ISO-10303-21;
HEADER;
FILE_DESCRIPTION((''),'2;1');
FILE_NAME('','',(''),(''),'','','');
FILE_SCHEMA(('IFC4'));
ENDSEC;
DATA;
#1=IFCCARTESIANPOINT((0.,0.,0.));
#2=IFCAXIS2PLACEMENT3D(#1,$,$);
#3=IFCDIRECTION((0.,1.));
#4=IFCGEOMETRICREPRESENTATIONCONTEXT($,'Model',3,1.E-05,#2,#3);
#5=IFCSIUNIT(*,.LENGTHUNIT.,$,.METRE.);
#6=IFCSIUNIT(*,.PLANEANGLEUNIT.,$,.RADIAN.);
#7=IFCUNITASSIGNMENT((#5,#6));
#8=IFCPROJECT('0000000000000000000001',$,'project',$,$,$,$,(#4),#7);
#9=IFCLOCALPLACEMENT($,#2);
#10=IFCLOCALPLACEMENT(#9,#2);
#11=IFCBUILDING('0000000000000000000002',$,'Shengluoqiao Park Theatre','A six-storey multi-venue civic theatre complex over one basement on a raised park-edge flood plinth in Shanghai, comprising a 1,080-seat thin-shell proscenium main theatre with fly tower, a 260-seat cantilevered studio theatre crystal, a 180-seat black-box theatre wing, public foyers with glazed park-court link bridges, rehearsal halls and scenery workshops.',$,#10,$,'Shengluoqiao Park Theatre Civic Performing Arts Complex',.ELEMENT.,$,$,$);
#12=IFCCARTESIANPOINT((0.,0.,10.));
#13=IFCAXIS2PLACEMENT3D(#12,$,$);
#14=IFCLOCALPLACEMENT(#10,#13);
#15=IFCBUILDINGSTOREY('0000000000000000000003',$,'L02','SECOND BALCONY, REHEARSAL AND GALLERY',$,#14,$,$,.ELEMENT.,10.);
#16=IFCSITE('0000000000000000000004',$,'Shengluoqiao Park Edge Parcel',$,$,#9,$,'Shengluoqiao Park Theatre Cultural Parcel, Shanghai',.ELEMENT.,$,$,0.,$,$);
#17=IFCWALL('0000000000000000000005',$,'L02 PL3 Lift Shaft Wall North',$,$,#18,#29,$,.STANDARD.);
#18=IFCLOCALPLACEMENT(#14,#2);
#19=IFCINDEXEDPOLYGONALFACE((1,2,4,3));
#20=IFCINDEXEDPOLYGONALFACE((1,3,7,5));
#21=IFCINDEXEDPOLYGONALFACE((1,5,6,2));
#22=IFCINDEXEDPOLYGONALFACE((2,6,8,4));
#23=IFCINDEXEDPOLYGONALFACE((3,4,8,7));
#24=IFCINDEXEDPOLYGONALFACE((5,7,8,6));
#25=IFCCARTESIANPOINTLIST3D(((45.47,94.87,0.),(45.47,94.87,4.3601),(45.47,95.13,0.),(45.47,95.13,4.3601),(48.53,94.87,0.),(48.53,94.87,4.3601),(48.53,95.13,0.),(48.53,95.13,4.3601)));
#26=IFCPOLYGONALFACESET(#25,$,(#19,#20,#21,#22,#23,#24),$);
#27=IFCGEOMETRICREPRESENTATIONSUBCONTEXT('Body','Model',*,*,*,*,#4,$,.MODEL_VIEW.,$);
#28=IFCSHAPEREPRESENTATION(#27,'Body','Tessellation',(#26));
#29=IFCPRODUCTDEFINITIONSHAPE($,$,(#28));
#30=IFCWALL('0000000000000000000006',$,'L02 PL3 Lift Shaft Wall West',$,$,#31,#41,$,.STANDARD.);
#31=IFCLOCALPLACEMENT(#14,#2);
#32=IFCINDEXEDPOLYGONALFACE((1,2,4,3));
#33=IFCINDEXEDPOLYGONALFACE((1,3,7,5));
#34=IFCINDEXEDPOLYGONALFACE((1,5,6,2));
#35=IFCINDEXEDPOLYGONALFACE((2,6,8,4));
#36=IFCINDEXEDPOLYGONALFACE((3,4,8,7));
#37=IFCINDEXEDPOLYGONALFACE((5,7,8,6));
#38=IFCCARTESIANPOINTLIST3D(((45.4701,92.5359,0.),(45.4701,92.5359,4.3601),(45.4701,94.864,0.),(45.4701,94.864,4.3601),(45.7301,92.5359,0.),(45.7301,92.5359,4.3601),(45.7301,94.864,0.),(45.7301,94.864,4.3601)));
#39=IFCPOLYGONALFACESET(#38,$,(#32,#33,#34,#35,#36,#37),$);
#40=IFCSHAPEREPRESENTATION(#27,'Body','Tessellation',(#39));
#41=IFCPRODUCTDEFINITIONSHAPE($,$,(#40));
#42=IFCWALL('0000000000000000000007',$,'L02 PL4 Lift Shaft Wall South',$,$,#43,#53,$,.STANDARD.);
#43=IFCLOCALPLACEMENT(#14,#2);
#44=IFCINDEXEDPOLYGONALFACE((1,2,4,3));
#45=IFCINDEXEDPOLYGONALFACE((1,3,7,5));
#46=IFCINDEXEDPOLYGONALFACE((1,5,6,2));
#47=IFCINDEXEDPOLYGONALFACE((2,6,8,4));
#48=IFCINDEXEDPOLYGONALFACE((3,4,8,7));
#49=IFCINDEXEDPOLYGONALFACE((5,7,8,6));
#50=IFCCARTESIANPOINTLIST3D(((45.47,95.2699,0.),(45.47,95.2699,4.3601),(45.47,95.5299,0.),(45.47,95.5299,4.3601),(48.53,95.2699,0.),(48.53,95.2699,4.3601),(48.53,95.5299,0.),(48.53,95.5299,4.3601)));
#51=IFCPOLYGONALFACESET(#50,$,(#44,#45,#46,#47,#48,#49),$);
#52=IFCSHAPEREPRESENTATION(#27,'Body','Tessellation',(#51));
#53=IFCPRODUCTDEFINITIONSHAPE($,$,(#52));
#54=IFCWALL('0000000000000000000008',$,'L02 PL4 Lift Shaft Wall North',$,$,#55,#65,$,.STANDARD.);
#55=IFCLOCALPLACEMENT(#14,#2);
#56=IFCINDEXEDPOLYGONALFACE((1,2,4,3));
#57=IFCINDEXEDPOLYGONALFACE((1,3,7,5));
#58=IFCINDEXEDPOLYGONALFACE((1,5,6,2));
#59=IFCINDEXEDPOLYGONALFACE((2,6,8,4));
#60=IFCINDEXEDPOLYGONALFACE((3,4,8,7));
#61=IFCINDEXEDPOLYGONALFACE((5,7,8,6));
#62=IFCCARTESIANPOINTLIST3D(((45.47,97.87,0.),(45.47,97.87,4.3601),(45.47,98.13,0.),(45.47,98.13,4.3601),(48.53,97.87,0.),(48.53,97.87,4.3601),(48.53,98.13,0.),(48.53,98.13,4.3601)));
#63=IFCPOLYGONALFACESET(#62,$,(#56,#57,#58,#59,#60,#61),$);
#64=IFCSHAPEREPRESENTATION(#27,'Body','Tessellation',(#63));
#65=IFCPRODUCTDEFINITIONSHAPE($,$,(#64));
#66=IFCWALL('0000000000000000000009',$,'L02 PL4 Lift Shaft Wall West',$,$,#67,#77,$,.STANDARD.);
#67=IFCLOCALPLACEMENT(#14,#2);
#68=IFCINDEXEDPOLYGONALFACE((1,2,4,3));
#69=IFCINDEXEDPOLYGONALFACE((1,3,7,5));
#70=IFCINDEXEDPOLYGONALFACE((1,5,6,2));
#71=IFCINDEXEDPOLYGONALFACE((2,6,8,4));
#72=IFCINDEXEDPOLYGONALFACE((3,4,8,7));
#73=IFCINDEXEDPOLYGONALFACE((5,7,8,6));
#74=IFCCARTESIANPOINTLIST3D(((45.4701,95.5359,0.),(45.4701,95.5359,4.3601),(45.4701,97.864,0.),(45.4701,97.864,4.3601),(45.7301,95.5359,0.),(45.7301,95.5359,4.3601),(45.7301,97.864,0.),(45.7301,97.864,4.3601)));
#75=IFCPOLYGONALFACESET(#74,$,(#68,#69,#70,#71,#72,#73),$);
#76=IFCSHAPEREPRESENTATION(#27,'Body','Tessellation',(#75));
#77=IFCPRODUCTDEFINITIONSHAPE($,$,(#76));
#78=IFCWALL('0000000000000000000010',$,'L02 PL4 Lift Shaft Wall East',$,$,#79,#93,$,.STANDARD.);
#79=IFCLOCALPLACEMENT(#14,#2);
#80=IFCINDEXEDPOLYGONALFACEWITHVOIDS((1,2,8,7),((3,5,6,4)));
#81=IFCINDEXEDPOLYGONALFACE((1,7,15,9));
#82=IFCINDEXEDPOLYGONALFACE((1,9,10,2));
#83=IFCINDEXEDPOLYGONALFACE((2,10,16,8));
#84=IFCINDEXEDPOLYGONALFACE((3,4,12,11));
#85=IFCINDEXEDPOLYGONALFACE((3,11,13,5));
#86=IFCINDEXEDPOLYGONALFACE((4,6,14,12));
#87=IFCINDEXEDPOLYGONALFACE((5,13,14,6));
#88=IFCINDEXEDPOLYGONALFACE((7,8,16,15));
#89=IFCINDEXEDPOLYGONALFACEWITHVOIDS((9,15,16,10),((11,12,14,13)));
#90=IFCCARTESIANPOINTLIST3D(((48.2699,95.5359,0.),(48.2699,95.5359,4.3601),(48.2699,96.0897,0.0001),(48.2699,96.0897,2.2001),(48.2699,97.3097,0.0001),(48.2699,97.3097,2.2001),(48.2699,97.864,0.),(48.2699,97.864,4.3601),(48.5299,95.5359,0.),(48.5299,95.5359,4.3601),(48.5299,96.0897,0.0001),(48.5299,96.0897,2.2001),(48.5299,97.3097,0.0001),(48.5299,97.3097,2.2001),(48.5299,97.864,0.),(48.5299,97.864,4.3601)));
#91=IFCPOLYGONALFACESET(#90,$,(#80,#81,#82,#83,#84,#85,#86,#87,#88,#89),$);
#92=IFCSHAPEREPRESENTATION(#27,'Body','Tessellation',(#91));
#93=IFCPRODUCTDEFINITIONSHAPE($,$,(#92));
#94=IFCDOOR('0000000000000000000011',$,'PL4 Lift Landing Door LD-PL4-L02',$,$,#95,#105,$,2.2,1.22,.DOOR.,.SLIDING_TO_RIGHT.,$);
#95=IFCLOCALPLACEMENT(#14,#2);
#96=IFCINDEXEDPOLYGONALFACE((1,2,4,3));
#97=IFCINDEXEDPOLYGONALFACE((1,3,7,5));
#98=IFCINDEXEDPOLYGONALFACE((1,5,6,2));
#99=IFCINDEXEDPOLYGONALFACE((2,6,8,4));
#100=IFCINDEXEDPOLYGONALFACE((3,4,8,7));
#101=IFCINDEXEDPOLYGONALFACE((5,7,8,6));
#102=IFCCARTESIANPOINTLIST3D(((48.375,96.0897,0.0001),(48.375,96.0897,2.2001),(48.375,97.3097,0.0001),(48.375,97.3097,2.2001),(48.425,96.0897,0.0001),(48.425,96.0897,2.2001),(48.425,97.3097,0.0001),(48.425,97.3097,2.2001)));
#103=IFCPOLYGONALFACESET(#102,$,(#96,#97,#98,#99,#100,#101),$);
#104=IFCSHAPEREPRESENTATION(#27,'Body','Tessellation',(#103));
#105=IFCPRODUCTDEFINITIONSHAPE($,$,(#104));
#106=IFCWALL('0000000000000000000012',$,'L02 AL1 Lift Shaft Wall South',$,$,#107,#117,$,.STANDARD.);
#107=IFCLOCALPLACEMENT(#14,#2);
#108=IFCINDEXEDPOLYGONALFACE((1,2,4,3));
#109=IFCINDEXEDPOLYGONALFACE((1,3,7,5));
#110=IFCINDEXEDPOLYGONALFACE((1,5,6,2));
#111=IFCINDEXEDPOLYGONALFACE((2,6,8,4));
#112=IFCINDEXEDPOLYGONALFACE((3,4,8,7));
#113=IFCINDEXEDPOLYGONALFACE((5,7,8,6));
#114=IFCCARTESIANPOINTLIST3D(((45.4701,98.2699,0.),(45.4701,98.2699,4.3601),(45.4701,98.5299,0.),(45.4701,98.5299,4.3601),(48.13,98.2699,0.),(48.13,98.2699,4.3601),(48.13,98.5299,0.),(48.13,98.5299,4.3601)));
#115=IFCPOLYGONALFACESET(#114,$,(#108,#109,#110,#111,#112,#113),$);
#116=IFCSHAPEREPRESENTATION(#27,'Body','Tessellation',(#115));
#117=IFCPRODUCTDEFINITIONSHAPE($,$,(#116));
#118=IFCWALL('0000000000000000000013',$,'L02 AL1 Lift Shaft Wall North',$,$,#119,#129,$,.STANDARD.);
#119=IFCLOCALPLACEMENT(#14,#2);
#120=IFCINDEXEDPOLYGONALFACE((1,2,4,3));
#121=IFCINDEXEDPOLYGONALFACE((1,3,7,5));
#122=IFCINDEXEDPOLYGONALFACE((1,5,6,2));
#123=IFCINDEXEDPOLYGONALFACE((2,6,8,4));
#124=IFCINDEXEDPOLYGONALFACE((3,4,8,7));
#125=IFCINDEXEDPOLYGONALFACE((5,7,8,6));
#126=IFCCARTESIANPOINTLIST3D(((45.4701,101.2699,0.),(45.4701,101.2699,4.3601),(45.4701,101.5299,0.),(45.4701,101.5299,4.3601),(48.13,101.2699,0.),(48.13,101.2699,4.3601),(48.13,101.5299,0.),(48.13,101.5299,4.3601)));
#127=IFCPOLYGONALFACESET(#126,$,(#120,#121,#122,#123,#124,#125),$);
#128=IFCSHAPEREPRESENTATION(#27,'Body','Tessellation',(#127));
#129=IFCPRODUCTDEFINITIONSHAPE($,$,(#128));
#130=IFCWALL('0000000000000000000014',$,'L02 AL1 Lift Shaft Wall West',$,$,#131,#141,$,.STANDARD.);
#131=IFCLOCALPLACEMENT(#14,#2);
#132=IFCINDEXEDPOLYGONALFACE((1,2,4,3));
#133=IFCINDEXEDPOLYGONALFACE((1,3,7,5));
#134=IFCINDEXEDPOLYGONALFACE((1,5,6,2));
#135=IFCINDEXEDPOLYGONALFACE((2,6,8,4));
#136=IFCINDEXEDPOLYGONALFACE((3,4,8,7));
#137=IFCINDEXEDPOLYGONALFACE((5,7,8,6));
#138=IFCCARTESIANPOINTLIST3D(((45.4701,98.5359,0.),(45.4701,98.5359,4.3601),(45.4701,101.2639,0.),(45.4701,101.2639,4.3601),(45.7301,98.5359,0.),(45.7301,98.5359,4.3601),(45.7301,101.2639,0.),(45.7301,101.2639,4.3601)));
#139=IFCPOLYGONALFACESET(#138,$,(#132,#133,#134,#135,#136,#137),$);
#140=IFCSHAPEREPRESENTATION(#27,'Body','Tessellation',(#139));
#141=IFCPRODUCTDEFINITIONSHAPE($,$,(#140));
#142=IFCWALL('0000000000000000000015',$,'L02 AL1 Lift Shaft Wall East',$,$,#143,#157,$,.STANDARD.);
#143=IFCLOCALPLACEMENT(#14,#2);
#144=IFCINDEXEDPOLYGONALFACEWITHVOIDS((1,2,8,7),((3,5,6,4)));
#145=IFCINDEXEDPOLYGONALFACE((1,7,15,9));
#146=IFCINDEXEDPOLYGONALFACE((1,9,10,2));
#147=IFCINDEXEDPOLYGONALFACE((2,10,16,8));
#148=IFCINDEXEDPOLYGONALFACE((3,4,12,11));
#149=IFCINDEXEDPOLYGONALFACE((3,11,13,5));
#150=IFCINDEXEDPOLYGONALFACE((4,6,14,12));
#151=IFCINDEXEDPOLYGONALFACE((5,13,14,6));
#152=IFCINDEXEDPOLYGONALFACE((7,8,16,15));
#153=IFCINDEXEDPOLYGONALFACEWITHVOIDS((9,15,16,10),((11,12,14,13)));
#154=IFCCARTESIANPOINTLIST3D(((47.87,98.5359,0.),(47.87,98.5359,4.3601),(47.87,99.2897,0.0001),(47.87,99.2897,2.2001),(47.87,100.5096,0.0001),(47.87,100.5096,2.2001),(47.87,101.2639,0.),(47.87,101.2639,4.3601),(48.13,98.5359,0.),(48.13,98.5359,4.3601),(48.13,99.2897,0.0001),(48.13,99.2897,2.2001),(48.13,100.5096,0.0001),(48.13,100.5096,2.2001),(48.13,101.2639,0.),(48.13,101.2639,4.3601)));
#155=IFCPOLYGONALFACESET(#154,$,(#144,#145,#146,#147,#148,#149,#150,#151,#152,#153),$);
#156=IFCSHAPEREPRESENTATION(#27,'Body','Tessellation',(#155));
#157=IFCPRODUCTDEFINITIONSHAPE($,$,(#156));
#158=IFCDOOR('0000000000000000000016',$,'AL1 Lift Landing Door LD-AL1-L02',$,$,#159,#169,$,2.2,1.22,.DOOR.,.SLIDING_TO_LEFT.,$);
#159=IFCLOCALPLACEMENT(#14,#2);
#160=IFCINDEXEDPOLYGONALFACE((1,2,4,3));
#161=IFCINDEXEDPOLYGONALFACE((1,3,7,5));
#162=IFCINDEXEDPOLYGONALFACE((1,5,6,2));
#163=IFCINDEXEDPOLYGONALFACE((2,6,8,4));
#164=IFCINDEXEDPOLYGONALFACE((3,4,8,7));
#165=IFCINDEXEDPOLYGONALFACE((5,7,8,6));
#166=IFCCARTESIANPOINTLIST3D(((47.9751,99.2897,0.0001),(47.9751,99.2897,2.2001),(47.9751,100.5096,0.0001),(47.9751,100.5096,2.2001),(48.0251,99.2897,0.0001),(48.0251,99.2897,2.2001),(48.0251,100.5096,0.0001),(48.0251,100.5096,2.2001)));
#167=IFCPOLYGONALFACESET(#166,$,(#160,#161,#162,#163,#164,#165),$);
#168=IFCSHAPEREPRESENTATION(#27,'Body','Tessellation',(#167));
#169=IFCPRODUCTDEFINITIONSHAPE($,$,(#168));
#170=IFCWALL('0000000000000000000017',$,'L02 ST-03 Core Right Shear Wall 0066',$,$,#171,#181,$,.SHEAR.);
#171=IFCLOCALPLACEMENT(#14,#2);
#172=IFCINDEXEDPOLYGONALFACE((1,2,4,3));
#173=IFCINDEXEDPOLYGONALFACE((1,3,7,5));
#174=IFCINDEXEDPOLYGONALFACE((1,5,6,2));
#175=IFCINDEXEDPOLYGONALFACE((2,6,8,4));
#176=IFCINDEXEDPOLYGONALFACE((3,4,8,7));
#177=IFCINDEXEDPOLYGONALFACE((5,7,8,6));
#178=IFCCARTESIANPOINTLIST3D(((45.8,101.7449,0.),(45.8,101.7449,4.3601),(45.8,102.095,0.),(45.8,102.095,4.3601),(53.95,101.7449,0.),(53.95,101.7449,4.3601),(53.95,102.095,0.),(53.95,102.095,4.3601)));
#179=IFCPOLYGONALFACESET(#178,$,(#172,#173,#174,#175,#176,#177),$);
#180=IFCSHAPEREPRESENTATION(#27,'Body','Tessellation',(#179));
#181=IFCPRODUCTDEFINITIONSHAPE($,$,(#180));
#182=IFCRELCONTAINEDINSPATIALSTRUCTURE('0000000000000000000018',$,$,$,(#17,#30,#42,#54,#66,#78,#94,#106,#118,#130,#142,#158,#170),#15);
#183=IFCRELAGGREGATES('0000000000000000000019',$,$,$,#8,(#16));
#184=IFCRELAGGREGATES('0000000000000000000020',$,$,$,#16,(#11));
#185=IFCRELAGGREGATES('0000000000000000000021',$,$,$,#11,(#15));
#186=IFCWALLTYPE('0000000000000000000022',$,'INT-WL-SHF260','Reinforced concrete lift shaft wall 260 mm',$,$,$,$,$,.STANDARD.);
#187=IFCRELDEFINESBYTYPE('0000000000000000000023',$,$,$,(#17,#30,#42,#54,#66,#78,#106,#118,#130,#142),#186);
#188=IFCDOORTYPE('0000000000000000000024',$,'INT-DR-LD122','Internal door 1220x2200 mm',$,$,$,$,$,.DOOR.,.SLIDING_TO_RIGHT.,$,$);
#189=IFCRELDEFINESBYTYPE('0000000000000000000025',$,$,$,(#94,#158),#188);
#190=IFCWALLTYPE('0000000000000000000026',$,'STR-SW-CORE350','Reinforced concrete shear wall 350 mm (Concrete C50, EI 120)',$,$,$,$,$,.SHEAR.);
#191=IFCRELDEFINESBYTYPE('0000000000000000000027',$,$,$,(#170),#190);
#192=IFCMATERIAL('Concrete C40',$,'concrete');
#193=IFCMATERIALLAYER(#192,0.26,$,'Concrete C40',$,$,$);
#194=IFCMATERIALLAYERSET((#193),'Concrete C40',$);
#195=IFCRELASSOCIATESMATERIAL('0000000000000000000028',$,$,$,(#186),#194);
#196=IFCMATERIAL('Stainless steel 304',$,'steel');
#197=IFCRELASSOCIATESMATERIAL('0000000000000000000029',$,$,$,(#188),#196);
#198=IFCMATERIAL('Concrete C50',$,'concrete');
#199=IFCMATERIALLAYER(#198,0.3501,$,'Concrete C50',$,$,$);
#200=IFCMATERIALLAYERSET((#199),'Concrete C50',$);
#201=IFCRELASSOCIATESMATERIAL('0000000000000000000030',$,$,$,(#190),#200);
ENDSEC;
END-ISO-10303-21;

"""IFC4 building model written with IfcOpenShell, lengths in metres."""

from ifc_helpers import new_model, si_unit, direction, frame, frame_2d, origin, place, context, subcontext, project, spatial, rectangle, extrude, material, layer, layer_set, type_object, element, fill, save


model = new_model("IFC4")

# Units and contexts
model_context = context("Model", 3, precision=1e-05, world=origin(), true_north=direction((0.0, 1.0)))
body_context = subcontext(model_context, "Body", "Model", "MODEL_VIEW")
ifc_project = project(units=[si_unit("LENGTHUNIT", "METRE"), si_unit("PLANEANGLEUNIT", "RADIAN")], contexts=[model_context])

# Site, building, storey
site_placement = place(None, origin())
site = spatial("IfcSite", under=ifc_project, at=site_placement, Name="Shengluoqiao Park Edge Parcel", LongName="Shengluoqiao Park Theatre Cultural Parcel, Shanghai", CompositionType="ELEMENT", RefElevation=0.0)
building_placement = place(site_placement, origin())
building = spatial("IfcBuilding", under=site, at=building_placement, Name="Shengluoqiao Park Theatre", Description="A six-storey multi-venue civic theatre complex over one basement on a raised park-edge flood plinth in Shanghai, comprising a 1,080-seat thin-shell proscenium main theatre with fly tower, a 260-seat cantilevered studio theatre crystal, a 180-seat black-box theatre wing, public foyers with glazed park-court link bridges, rehearsal halls and scenery workshops.", LongName="Shengluoqiao Park Theatre Civic Performing Arts Complex", CompositionType="ELEMENT")
storey_placement = place(building_placement, frame((0.0, 0.0, 10.0)))
storey = spatial("IfcBuildingStorey", under=building, at=storey_placement, Name="L02", Description="SECOND BALCONY, REHEARSAL AND GALLERY", CompositionType="ELEMENT", Elevation=10.0)

# Shared definitions
ifc_material_1 = material(Name="Concrete C50", Category="concrete")

# Walls
ifc_material_2 = material(Name="Concrete C40", Category="concrete")
ifc_layer_1 = layer(ifc_material_2, 0.26, Name="Concrete C40")
ifc_layer_set_1 = layer_set([ifc_layer_1], Name="Concrete C40")
wall_type_1 = type_object("IfcWallType", Name="INT-WL-SHF260", Description="Reinforced concrete lift shaft wall 260 mm", PredefinedType="STANDARD", material=ifc_layer_set_1)
for number, where, z_axis, x_axis, name in (
    (1, (45.47, 95.0, 0.0), (0.0, 0.0, 1.0), (1.0, 0.0, 0.0), "L02 PL3 Lift Shaft Wall North"),
):
    element("IfcWall", number, at=place(storey_placement, frame(where, z_axis=z_axis, x_axis=x_axis)), inside=storey, type_object=wall_type_1, Name=name, PredefinedType="STANDARD", context=body_context, shape_type="SweptSolid", body=[
        extrude(rectangle(XDim=3.0601, YDim=0.26, at=frame_2d((1.53, 0.0))), origin(), (0.0, 0.0, 1.0), 4.3601),
    ])
wall_1_placement = place(storey_placement, frame((45.6001, 92.5359, 0.0), z_axis=(0.0, 0.0, 1.0), x_axis=(0.0, 1.0, 0.0)))
element("IfcWall", 2, at=wall_1_placement, inside=storey, type_object=wall_type_1, Name="L02 PL3 Lift Shaft Wall West", PredefinedType="STANDARD", context=body_context, shape_type="SweptSolid", body=[
    extrude(rectangle(XDim=2.3281, YDim=0.26, at=frame_2d((1.1641, 0.0))), origin(), (0.0, 0.0, 1.0), 4.3601),
])

# Shared definitions
ifc_material_3 = material(Name="Stainless steel 304", Category="steel")

# Walls
for number, where, z_axis, x_axis, name in (
    (3, (45.47, 95.3999, 0.0), (0.0, 0.0, 1.0), (1.0, 0.0, 0.0), "L02 PL4 Lift Shaft Wall South"),
    (4, (45.47, 98.0, 0.0), (0.0, 0.0, 1.0), (1.0, 0.0, 0.0), "L02 PL4 Lift Shaft Wall North"),
):
    element("IfcWall", number, at=place(storey_placement, frame(where, z_axis=z_axis, x_axis=x_axis)), inside=storey, type_object=wall_type_1, Name=name, PredefinedType="STANDARD", context=body_context, shape_type="SweptSolid", body=[
        extrude(rectangle(XDim=3.0601, YDim=0.26, at=frame_2d((1.53, 0.0))), origin(), (0.0, 0.0, 1.0), 4.3601),
    ])
wall_2_placement = place(storey_placement, frame((45.6001, 95.5359, 0.0), z_axis=(0.0, 0.0, 1.0), x_axis=(0.0, 1.0, 0.0)))
element("IfcWall", 5, at=wall_2_placement, inside=storey, type_object=wall_type_1, Name="L02 PL4 Lift Shaft Wall West", PredefinedType="STANDARD", context=body_context, shape_type="SweptSolid", body=[
    extrude(rectangle(XDim=2.3281, YDim=0.26, at=frame_2d((1.1641, 0.0))), origin(), (0.0, 0.0, 1.0), 4.3601),
])

# Wall, opening, door
wall_3_placement = place(storey_placement, frame((48.3999, 95.5359, 0.0), z_axis=(0.0, 0.0, 1.0), x_axis=(0.0, 1.0, 0.0)))
wall_3 = element("IfcWall", 6, at=wall_3_placement, inside=storey, type_object=wall_type_1, Name="L02 PL4 Lift Shaft Wall East", PredefinedType="STANDARD", context=body_context, shape_type="SweptSolid", body=[
    extrude(rectangle(XDim=2.3281, YDim=0.26, at=frame_2d((1.1641, 0.0))), origin(), (0.0, 0.0, 1.0), 4.3601),
])
opening_1_placement = place(wall_3_placement, frame((0.554, 0.0, 0.0)))
opening_1 = element("IfcOpeningElement", 7, at=opening_1_placement, cuts=wall_3, PredefinedType="OPENING", context=body_context, shape_type="SweptSolid", body=[
    extrude(rectangle(XDim=1.22, YDim=2.2, at=frame_2d((0.6099, 1.1001))), frame((0.0, 0.1399, 0.0), z_axis=(0.0, -1.0, 0.0), x_axis=(1.0, 0.0, 0.0)), (0.0, 0.0, 1.0), 0.28),
])
door_type_1 = type_object("IfcDoorType", Name="INT-DR-LD122", Description="Internal door 1220x2200 mm", OperationType="SLIDING_TO_RIGHT", PredefinedType="DOOR", material=ifc_material_3)
door_1_placement = place(opening_1_placement, origin())
door_1 = element("IfcDoor", 8, at=door_1_placement, inside=storey, type_object=door_type_1, Name="PL4 Lift Landing Door LD-PL4-L02", OperationType="SLIDING_TO_RIGHT", OverallHeight=2.2, OverallWidth=1.22, PredefinedType="DOOR", context=body_context, shape_type="SweptSolid", body=[
    extrude(rectangle(XDim=1.22, YDim=2.2, at=frame_2d((0.6099, 1.1001))), frame((0.0, 0.0249, 0.0), z_axis=(0.0, -1.0, 0.0), x_axis=(1.0, 0.0, 0.0)), (0.0, 0.0, 1.0), 0.05),
])
fill(opening_1, door_1)

# Walls
for number, where, z_axis, x_axis, name in (
    (9, (45.47, 98.3999, 0.0), (0.0, 0.0, 1.0), (1.0, 0.0, 0.0), "L02 AL1 Lift Shaft Wall South"),
    (10, (45.47, 101.3999, 0.0), (0.0, 0.0, 1.0), (1.0, 0.0, 0.0), "L02 AL1 Lift Shaft Wall North"),
):
    element("IfcWall", number, at=place(storey_placement, frame(where, z_axis=z_axis, x_axis=x_axis)), inside=storey, type_object=wall_type_1, Name=name, PredefinedType="STANDARD", context=body_context, shape_type="SweptSolid", body=[
        extrude(rectangle(XDim=2.6599, YDim=0.26, at=frame_2d((1.3301, 0.0))), origin(), (0.0, 0.0, 1.0), 4.3601),
    ])
wall_4_placement = place(storey_placement, frame((45.6001, 98.5359, 0.0), z_axis=(0.0, 0.0, 1.0), x_axis=(0.0, 1.0, 0.0)))
element("IfcWall", 11, at=wall_4_placement, inside=storey, type_object=wall_type_1, Name="L02 AL1 Lift Shaft Wall West", PredefinedType="STANDARD", context=body_context, shape_type="SweptSolid", body=[
    extrude(rectangle(XDim=2.728, YDim=0.26, at=frame_2d((1.364, 0.0))), origin(), (0.0, 0.0, 1.0), 4.3601),
])

# Wall, opening, door
wall_5_placement = place(storey_placement, frame((48.0, 98.5359, 0.0), z_axis=(0.0, 0.0, 1.0), x_axis=(0.0, 1.0, 0.0)))
wall_5 = element("IfcWall", 12, at=wall_5_placement, inside=storey, type_object=wall_type_1, Name="L02 AL1 Lift Shaft Wall East", PredefinedType="STANDARD", context=body_context, shape_type="SweptSolid", body=[
    extrude(rectangle(XDim=2.728, YDim=0.26, at=frame_2d((1.364, 0.0))), origin(), (0.0, 0.0, 1.0), 4.3601),
])
opening_2_placement = place(wall_5_placement, frame((0.7539, 0.0, 0.0)))
opening_2 = element("IfcOpeningElement", 13, at=opening_2_placement, cuts=wall_5, PredefinedType="OPENING", context=body_context, shape_type="SweptSolid", body=[
    extrude(rectangle(XDim=1.22, YDim=2.2, at=frame_2d((0.6099, 1.1001))), frame((0.0, 0.1399, 0.0), z_axis=(0.0, -1.0, 0.0), x_axis=(1.0, 0.0, 0.0)), (0.0, 0.0, 1.0), 0.28),
])
door_2_placement = place(opening_2_placement, origin())
door_2 = element("IfcDoor", 14, at=door_2_placement, inside=storey, type_object=door_type_1, Name="AL1 Lift Landing Door LD-AL1-L02", OperationType="SLIDING_TO_LEFT", OverallHeight=2.2, OverallWidth=1.22, PredefinedType="DOOR", context=body_context, shape_type="SweptSolid", body=[
    extrude(rectangle(XDim=1.22, YDim=2.2, at=frame_2d((0.6099, 1.1001))), frame((0.0, 0.0249, 0.0), z_axis=(0.0, -1.0, 0.0), x_axis=(1.0, 0.0, 0.0)), (0.0, 0.0, 1.0), 0.05),
])
fill(opening_2, door_2)

# Wall
ifc_layer_2 = layer(ifc_material_1, 0.3501, Name="Concrete C50")
ifc_layer_set_2 = layer_set([ifc_layer_2], Name="Concrete C50")
wall_type_2 = type_object("IfcWallType", Name="STR-SW-CORE350", Description="Reinforced concrete shear wall 350 mm (Concrete C50, EI 120)", PredefinedType="SHEAR", material=ifc_layer_set_2)
wall_6_placement = place(storey_placement, frame((45.8, 101.9199, 0.0), z_axis=(0.0, 0.0, 1.0), x_axis=(1.0, 0.0, 0.0)))
element("IfcWall", 15, at=wall_6_placement, inside=storey, type_object=wall_type_2, Name="L02 ST-03 Core Right Shear Wall 0066", PredefinedType="SHEAR", context=body_context, shape_type="SweptSolid", body=[
    extrude(rectangle(XDim=8.1499, YDim=0.3501, at=frame_2d((4.075, 0.0))), origin(), (0.0, 0.0, 1.0), 4.3601),
])

save(model, "model.ifc")
